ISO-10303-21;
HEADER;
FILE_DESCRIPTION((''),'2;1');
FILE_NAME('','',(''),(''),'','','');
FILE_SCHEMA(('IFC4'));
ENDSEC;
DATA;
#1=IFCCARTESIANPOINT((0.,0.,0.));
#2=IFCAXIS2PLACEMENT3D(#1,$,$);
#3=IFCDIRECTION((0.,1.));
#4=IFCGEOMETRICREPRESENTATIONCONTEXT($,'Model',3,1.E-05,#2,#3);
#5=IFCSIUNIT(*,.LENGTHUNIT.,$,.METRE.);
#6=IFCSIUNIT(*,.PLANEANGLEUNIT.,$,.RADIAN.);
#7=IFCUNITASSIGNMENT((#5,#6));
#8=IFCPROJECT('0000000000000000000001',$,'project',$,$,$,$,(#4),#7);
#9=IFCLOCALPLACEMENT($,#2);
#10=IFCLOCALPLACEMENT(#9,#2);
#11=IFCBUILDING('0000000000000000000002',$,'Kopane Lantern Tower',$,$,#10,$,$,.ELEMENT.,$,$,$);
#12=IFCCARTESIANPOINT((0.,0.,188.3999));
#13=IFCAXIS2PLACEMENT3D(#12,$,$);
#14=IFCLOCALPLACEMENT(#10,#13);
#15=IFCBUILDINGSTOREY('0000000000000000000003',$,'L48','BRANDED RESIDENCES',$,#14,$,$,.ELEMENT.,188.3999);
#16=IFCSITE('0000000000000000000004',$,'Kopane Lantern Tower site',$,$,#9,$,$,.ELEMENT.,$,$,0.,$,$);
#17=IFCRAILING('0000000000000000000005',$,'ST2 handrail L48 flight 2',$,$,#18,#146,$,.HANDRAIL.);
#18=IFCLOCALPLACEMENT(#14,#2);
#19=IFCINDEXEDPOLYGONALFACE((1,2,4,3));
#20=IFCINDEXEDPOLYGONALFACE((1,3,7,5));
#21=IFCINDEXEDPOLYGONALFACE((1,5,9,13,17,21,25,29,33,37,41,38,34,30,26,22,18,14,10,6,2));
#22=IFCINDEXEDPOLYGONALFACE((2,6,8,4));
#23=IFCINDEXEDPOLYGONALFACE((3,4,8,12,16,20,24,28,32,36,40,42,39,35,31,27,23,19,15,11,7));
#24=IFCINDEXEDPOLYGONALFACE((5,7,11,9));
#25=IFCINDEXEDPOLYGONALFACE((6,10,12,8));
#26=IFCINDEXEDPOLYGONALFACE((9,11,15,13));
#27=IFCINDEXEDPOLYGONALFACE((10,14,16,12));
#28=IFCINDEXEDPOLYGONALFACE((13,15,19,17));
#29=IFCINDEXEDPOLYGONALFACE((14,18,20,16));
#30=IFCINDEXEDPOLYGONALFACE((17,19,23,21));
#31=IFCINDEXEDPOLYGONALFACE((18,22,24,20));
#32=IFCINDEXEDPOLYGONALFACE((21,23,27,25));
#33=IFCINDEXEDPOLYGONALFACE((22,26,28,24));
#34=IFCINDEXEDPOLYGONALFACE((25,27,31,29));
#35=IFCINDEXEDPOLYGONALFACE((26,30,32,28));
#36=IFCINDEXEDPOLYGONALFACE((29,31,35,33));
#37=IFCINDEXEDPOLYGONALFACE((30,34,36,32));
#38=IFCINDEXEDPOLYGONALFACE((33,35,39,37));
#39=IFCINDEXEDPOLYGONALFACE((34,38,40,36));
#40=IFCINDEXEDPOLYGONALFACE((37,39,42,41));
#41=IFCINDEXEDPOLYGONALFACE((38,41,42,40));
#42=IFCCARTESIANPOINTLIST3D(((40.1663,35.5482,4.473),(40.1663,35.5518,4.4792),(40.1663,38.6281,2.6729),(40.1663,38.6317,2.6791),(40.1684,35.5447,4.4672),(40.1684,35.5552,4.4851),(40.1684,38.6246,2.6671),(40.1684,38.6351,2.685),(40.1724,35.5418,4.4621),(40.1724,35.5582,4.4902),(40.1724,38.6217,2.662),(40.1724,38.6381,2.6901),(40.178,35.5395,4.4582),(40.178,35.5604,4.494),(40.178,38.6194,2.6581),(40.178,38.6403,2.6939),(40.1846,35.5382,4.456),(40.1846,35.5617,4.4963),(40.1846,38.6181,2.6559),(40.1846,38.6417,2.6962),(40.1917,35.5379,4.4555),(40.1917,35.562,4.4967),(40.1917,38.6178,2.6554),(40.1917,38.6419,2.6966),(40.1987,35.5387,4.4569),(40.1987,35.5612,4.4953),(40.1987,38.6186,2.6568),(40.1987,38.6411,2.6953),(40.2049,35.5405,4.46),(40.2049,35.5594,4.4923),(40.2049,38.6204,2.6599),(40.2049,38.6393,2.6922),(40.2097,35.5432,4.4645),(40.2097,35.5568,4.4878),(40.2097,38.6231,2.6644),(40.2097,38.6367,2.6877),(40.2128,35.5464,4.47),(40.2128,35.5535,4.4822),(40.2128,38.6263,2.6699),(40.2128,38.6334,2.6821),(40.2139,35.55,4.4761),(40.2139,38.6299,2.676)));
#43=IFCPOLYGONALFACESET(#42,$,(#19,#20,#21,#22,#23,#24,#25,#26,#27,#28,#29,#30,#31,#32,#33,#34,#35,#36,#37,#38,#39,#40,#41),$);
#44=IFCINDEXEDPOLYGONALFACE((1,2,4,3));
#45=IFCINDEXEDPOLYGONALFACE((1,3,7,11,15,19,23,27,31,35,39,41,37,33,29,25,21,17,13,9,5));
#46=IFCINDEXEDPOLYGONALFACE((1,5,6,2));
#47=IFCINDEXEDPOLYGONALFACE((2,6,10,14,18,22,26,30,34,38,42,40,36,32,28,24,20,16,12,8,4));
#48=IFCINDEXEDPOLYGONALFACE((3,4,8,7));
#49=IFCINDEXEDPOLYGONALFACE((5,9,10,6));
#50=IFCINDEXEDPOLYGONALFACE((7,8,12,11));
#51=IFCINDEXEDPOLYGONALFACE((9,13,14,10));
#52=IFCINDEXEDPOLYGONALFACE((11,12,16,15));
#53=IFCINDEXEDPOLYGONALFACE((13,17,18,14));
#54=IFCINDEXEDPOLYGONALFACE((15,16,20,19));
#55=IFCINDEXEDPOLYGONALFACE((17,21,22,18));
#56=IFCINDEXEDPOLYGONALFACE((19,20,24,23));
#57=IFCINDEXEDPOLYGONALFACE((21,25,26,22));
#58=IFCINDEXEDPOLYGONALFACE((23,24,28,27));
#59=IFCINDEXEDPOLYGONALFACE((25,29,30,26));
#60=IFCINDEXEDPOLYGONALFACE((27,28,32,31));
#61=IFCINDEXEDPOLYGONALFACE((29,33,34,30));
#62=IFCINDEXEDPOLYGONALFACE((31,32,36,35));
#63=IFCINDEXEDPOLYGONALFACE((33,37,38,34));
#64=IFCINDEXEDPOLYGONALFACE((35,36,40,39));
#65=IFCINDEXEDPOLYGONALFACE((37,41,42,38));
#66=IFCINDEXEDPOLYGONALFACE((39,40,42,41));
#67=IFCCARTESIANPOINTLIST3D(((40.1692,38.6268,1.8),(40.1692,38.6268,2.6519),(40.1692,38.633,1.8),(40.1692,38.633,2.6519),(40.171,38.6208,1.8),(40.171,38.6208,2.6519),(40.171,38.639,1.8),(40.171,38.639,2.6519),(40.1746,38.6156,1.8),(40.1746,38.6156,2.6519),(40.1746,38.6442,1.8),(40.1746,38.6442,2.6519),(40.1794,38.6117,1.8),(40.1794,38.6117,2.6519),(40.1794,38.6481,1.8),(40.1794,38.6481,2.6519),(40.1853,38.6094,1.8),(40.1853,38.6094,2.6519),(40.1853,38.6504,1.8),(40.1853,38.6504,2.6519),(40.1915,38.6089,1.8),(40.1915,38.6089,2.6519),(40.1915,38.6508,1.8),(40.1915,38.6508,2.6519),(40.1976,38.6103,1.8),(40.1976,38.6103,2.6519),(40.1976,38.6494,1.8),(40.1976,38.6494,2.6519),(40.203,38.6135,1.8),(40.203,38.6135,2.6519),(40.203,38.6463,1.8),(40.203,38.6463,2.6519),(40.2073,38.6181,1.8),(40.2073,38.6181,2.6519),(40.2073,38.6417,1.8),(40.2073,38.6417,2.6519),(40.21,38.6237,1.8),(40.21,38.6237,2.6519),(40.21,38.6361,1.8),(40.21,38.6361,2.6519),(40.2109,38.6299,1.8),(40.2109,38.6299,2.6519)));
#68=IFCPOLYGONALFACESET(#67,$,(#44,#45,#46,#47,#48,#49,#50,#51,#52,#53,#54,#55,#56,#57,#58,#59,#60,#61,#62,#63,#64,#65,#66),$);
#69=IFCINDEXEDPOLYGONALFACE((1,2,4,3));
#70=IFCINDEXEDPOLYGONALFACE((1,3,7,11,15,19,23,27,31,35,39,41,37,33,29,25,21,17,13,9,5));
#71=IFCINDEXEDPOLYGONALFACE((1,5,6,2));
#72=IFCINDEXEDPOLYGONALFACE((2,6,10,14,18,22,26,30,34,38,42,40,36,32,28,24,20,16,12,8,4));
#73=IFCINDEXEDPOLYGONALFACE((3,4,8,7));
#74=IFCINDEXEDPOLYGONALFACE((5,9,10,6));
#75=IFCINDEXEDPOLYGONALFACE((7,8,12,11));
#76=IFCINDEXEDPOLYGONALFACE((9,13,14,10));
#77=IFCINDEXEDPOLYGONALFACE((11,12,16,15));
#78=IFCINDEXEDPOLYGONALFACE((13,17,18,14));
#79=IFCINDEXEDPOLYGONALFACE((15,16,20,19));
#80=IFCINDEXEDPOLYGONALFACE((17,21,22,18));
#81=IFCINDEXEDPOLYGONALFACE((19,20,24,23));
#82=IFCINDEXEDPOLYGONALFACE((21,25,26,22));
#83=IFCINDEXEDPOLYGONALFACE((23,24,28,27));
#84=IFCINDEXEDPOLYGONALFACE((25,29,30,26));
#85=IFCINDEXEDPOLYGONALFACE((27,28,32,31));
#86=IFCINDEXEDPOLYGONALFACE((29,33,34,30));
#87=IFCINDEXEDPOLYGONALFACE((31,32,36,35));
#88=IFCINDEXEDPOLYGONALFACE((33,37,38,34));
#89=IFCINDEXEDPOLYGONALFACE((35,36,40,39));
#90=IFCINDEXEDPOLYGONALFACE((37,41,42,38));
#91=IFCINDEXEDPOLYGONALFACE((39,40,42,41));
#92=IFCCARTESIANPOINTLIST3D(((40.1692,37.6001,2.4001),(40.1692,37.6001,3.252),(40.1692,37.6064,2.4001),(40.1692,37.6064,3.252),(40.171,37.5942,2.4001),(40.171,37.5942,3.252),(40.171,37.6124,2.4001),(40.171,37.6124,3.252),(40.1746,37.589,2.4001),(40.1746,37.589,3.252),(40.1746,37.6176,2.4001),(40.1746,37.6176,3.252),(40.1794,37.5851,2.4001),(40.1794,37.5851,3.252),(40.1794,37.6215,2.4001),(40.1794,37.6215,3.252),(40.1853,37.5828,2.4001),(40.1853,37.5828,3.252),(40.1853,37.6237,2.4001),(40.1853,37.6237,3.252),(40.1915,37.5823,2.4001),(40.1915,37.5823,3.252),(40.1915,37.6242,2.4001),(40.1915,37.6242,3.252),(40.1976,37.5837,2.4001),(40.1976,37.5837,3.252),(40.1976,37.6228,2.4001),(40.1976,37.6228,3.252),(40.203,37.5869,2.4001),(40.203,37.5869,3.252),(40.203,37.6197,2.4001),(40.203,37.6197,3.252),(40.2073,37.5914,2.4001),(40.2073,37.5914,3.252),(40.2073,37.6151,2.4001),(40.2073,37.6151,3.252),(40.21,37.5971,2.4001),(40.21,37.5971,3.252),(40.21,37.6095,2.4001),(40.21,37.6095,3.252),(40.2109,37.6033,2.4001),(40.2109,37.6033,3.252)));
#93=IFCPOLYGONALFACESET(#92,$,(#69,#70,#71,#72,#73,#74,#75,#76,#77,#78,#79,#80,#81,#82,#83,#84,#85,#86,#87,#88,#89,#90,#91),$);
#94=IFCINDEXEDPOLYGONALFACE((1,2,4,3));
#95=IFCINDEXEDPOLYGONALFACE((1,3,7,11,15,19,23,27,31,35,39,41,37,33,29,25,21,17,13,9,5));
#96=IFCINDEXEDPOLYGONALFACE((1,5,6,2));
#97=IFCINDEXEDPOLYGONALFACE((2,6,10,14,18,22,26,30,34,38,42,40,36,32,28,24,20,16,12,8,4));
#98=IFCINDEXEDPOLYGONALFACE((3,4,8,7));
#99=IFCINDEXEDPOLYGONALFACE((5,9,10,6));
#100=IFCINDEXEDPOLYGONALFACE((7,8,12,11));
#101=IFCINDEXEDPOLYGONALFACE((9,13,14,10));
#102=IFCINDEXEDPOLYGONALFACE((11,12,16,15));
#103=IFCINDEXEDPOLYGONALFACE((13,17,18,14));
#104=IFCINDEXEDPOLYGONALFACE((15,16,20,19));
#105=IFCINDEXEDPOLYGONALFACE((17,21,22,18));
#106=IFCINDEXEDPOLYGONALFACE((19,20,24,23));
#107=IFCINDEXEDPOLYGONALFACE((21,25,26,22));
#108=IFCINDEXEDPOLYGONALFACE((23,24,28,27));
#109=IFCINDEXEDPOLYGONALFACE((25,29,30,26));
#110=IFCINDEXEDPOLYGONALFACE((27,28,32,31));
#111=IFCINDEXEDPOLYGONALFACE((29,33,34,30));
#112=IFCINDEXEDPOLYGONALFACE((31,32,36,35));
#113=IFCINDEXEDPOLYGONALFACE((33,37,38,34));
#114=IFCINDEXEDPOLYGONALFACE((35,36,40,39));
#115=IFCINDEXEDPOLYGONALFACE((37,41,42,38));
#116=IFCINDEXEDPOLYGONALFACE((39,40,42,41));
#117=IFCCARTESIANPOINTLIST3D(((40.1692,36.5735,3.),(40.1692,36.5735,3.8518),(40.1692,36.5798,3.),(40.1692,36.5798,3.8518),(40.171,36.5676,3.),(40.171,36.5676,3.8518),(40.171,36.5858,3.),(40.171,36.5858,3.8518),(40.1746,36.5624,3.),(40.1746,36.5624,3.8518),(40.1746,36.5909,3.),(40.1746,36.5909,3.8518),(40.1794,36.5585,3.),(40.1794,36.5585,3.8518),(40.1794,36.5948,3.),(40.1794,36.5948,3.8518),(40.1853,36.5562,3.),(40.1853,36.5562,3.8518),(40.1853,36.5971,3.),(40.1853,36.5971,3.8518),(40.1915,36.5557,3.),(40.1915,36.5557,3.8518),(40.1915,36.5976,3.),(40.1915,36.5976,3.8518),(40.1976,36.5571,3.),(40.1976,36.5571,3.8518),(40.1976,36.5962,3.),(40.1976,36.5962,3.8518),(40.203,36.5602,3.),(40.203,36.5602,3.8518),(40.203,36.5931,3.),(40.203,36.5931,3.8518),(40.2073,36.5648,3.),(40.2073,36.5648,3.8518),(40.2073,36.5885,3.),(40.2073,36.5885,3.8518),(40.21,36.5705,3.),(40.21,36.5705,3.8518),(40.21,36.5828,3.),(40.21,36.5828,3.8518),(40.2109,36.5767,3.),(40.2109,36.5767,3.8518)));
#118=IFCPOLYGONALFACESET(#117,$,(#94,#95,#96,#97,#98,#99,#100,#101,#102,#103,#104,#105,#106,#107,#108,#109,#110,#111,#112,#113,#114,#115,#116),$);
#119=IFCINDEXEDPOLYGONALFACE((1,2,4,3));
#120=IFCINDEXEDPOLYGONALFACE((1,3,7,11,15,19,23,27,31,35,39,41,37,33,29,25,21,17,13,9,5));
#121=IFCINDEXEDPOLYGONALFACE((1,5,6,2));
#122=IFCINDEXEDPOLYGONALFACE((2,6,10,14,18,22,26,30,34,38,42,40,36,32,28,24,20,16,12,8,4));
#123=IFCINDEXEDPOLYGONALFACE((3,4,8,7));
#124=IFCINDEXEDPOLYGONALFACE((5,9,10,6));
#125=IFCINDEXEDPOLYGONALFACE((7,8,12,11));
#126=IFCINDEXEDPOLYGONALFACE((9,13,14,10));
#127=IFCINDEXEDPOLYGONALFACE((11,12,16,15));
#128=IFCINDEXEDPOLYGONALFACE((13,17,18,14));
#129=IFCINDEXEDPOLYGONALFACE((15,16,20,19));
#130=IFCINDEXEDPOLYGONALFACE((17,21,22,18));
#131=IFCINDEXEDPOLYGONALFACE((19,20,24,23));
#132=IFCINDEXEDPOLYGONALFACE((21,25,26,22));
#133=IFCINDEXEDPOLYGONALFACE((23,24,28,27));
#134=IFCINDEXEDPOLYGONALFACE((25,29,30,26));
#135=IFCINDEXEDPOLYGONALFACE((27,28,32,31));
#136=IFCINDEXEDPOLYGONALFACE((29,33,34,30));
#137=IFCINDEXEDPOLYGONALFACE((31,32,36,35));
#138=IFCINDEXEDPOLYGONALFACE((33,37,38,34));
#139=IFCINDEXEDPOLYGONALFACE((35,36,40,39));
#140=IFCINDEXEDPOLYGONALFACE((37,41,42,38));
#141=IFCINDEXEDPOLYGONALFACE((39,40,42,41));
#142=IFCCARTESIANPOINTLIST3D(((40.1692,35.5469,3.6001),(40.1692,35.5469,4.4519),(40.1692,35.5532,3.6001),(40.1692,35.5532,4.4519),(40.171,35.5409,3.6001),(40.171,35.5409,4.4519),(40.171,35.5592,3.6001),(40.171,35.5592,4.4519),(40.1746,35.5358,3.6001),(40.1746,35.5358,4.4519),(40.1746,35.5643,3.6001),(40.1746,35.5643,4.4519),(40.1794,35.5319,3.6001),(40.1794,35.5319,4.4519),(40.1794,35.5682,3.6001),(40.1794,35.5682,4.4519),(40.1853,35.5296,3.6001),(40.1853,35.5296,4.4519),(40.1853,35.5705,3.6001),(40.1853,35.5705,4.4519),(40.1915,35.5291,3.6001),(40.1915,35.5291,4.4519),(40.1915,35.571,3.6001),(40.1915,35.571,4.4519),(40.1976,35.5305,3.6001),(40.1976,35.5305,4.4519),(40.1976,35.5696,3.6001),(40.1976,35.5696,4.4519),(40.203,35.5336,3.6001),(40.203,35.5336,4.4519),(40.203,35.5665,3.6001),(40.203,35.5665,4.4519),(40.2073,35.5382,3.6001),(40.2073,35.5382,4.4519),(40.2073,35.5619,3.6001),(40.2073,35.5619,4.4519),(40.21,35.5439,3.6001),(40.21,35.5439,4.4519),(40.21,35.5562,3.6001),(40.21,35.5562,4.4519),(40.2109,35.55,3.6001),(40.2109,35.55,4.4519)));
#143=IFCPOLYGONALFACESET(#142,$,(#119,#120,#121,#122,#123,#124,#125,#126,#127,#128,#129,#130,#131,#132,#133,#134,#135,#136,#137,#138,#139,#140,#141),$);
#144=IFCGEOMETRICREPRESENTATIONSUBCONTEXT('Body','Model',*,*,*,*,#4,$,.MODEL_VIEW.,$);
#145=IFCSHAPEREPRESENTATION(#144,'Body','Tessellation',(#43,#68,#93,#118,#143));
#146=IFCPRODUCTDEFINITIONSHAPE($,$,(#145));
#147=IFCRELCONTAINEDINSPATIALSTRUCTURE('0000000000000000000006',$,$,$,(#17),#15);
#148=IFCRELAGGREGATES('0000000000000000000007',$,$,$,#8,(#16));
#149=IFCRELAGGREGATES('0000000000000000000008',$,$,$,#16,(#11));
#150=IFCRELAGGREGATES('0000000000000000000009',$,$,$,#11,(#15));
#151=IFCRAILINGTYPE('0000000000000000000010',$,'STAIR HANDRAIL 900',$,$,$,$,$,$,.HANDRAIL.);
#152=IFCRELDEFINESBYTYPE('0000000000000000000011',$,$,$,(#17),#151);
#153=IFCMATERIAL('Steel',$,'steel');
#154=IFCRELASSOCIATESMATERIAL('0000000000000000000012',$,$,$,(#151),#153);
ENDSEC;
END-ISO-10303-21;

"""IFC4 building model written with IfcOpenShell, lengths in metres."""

from ifc_helpers import new_model, si_unit, direction, frame, origin, origin_2d, place, context, subcontext, project, spatial, circle, extrude, material, type_object, element, save


model = new_model("IFC4")

# Units and contexts
model_context = context("Model", 3, precision=1e-05, world=origin(), true_north=direction((0.0, 1.0)))
body_context = subcontext(model_context, "Body", "Model", "MODEL_VIEW")
ifc_project = project(units=[si_unit("LENGTHUNIT", "METRE"), si_unit("PLANEANGLEUNIT", "RADIAN")], contexts=[model_context])

# Site, building, storey
site_placement = place(None, origin())
site = spatial("IfcSite", under=ifc_project, at=site_placement, Name="Kopane Lantern Tower site", CompositionType="ELEMENT", RefElevation=0.0)
building_placement = place(site_placement, origin())
building = spatial("IfcBuilding", under=site, at=building_placement, Name="Kopane Lantern Tower", CompositionType="ELEMENT")
storey_placement = place(building_placement, frame((0.0, 0.0, 188.3999)))
storey = spatial("IfcBuildingStorey", under=building, at=storey_placement, Name="L48", Description="BRANDED RESIDENCES", CompositionType="ELEMENT", Elevation=188.3999)

# Railing
ifc_material_1 = material(Name="Steel", Category="steel")
railing_type_1 = type_object("IfcRailingType", Name="STAIR HANDRAIL 900", PredefinedType="HANDRAIL", material=ifc_material_1)
for number, where, name in (
    (1, (40.1899, 38.6299, 1.8), "ST2 handrail L48 flight 2"),
):
    element("IfcRailing", number, at=place(storey_placement, frame(where)), inside=storey, type_object=railing_type_1, Name=name, PredefinedType="HANDRAIL", context=body_context, shape_type="SweptSolid", body=[
        extrude(circle(Radius=0.0239, at=origin_2d()), frame((0.0, 0.0, 0.876), z_axis=(0.0, -0.863354, 0.504598), x_axis=(1.0, 0.0, 0.0)), (0.0, 0.0, 1.0), 3.5674),
        extrude(circle(Radius=0.021, at=origin_2d()), origin(), (0.0, 0.0, 1.0), 0.8518),
        extrude(circle(Radius=0.021, at=origin_2d()), frame((0.0, -1.0266, 0.6001)), (0.0, 0.0, 1.0), 0.8518),
        extrude(circle(Radius=0.021, at=origin_2d()), frame((0.0, -2.0532, 1.2)), (0.0, 0.0, 1.0), 0.8518),
        extrude(circle(Radius=0.021, at=origin_2d()), frame((0.0, -3.0798, 1.8)), (0.0, 0.0, 1.0), 0.8518),
    ])

save(model, "model.ifc")
